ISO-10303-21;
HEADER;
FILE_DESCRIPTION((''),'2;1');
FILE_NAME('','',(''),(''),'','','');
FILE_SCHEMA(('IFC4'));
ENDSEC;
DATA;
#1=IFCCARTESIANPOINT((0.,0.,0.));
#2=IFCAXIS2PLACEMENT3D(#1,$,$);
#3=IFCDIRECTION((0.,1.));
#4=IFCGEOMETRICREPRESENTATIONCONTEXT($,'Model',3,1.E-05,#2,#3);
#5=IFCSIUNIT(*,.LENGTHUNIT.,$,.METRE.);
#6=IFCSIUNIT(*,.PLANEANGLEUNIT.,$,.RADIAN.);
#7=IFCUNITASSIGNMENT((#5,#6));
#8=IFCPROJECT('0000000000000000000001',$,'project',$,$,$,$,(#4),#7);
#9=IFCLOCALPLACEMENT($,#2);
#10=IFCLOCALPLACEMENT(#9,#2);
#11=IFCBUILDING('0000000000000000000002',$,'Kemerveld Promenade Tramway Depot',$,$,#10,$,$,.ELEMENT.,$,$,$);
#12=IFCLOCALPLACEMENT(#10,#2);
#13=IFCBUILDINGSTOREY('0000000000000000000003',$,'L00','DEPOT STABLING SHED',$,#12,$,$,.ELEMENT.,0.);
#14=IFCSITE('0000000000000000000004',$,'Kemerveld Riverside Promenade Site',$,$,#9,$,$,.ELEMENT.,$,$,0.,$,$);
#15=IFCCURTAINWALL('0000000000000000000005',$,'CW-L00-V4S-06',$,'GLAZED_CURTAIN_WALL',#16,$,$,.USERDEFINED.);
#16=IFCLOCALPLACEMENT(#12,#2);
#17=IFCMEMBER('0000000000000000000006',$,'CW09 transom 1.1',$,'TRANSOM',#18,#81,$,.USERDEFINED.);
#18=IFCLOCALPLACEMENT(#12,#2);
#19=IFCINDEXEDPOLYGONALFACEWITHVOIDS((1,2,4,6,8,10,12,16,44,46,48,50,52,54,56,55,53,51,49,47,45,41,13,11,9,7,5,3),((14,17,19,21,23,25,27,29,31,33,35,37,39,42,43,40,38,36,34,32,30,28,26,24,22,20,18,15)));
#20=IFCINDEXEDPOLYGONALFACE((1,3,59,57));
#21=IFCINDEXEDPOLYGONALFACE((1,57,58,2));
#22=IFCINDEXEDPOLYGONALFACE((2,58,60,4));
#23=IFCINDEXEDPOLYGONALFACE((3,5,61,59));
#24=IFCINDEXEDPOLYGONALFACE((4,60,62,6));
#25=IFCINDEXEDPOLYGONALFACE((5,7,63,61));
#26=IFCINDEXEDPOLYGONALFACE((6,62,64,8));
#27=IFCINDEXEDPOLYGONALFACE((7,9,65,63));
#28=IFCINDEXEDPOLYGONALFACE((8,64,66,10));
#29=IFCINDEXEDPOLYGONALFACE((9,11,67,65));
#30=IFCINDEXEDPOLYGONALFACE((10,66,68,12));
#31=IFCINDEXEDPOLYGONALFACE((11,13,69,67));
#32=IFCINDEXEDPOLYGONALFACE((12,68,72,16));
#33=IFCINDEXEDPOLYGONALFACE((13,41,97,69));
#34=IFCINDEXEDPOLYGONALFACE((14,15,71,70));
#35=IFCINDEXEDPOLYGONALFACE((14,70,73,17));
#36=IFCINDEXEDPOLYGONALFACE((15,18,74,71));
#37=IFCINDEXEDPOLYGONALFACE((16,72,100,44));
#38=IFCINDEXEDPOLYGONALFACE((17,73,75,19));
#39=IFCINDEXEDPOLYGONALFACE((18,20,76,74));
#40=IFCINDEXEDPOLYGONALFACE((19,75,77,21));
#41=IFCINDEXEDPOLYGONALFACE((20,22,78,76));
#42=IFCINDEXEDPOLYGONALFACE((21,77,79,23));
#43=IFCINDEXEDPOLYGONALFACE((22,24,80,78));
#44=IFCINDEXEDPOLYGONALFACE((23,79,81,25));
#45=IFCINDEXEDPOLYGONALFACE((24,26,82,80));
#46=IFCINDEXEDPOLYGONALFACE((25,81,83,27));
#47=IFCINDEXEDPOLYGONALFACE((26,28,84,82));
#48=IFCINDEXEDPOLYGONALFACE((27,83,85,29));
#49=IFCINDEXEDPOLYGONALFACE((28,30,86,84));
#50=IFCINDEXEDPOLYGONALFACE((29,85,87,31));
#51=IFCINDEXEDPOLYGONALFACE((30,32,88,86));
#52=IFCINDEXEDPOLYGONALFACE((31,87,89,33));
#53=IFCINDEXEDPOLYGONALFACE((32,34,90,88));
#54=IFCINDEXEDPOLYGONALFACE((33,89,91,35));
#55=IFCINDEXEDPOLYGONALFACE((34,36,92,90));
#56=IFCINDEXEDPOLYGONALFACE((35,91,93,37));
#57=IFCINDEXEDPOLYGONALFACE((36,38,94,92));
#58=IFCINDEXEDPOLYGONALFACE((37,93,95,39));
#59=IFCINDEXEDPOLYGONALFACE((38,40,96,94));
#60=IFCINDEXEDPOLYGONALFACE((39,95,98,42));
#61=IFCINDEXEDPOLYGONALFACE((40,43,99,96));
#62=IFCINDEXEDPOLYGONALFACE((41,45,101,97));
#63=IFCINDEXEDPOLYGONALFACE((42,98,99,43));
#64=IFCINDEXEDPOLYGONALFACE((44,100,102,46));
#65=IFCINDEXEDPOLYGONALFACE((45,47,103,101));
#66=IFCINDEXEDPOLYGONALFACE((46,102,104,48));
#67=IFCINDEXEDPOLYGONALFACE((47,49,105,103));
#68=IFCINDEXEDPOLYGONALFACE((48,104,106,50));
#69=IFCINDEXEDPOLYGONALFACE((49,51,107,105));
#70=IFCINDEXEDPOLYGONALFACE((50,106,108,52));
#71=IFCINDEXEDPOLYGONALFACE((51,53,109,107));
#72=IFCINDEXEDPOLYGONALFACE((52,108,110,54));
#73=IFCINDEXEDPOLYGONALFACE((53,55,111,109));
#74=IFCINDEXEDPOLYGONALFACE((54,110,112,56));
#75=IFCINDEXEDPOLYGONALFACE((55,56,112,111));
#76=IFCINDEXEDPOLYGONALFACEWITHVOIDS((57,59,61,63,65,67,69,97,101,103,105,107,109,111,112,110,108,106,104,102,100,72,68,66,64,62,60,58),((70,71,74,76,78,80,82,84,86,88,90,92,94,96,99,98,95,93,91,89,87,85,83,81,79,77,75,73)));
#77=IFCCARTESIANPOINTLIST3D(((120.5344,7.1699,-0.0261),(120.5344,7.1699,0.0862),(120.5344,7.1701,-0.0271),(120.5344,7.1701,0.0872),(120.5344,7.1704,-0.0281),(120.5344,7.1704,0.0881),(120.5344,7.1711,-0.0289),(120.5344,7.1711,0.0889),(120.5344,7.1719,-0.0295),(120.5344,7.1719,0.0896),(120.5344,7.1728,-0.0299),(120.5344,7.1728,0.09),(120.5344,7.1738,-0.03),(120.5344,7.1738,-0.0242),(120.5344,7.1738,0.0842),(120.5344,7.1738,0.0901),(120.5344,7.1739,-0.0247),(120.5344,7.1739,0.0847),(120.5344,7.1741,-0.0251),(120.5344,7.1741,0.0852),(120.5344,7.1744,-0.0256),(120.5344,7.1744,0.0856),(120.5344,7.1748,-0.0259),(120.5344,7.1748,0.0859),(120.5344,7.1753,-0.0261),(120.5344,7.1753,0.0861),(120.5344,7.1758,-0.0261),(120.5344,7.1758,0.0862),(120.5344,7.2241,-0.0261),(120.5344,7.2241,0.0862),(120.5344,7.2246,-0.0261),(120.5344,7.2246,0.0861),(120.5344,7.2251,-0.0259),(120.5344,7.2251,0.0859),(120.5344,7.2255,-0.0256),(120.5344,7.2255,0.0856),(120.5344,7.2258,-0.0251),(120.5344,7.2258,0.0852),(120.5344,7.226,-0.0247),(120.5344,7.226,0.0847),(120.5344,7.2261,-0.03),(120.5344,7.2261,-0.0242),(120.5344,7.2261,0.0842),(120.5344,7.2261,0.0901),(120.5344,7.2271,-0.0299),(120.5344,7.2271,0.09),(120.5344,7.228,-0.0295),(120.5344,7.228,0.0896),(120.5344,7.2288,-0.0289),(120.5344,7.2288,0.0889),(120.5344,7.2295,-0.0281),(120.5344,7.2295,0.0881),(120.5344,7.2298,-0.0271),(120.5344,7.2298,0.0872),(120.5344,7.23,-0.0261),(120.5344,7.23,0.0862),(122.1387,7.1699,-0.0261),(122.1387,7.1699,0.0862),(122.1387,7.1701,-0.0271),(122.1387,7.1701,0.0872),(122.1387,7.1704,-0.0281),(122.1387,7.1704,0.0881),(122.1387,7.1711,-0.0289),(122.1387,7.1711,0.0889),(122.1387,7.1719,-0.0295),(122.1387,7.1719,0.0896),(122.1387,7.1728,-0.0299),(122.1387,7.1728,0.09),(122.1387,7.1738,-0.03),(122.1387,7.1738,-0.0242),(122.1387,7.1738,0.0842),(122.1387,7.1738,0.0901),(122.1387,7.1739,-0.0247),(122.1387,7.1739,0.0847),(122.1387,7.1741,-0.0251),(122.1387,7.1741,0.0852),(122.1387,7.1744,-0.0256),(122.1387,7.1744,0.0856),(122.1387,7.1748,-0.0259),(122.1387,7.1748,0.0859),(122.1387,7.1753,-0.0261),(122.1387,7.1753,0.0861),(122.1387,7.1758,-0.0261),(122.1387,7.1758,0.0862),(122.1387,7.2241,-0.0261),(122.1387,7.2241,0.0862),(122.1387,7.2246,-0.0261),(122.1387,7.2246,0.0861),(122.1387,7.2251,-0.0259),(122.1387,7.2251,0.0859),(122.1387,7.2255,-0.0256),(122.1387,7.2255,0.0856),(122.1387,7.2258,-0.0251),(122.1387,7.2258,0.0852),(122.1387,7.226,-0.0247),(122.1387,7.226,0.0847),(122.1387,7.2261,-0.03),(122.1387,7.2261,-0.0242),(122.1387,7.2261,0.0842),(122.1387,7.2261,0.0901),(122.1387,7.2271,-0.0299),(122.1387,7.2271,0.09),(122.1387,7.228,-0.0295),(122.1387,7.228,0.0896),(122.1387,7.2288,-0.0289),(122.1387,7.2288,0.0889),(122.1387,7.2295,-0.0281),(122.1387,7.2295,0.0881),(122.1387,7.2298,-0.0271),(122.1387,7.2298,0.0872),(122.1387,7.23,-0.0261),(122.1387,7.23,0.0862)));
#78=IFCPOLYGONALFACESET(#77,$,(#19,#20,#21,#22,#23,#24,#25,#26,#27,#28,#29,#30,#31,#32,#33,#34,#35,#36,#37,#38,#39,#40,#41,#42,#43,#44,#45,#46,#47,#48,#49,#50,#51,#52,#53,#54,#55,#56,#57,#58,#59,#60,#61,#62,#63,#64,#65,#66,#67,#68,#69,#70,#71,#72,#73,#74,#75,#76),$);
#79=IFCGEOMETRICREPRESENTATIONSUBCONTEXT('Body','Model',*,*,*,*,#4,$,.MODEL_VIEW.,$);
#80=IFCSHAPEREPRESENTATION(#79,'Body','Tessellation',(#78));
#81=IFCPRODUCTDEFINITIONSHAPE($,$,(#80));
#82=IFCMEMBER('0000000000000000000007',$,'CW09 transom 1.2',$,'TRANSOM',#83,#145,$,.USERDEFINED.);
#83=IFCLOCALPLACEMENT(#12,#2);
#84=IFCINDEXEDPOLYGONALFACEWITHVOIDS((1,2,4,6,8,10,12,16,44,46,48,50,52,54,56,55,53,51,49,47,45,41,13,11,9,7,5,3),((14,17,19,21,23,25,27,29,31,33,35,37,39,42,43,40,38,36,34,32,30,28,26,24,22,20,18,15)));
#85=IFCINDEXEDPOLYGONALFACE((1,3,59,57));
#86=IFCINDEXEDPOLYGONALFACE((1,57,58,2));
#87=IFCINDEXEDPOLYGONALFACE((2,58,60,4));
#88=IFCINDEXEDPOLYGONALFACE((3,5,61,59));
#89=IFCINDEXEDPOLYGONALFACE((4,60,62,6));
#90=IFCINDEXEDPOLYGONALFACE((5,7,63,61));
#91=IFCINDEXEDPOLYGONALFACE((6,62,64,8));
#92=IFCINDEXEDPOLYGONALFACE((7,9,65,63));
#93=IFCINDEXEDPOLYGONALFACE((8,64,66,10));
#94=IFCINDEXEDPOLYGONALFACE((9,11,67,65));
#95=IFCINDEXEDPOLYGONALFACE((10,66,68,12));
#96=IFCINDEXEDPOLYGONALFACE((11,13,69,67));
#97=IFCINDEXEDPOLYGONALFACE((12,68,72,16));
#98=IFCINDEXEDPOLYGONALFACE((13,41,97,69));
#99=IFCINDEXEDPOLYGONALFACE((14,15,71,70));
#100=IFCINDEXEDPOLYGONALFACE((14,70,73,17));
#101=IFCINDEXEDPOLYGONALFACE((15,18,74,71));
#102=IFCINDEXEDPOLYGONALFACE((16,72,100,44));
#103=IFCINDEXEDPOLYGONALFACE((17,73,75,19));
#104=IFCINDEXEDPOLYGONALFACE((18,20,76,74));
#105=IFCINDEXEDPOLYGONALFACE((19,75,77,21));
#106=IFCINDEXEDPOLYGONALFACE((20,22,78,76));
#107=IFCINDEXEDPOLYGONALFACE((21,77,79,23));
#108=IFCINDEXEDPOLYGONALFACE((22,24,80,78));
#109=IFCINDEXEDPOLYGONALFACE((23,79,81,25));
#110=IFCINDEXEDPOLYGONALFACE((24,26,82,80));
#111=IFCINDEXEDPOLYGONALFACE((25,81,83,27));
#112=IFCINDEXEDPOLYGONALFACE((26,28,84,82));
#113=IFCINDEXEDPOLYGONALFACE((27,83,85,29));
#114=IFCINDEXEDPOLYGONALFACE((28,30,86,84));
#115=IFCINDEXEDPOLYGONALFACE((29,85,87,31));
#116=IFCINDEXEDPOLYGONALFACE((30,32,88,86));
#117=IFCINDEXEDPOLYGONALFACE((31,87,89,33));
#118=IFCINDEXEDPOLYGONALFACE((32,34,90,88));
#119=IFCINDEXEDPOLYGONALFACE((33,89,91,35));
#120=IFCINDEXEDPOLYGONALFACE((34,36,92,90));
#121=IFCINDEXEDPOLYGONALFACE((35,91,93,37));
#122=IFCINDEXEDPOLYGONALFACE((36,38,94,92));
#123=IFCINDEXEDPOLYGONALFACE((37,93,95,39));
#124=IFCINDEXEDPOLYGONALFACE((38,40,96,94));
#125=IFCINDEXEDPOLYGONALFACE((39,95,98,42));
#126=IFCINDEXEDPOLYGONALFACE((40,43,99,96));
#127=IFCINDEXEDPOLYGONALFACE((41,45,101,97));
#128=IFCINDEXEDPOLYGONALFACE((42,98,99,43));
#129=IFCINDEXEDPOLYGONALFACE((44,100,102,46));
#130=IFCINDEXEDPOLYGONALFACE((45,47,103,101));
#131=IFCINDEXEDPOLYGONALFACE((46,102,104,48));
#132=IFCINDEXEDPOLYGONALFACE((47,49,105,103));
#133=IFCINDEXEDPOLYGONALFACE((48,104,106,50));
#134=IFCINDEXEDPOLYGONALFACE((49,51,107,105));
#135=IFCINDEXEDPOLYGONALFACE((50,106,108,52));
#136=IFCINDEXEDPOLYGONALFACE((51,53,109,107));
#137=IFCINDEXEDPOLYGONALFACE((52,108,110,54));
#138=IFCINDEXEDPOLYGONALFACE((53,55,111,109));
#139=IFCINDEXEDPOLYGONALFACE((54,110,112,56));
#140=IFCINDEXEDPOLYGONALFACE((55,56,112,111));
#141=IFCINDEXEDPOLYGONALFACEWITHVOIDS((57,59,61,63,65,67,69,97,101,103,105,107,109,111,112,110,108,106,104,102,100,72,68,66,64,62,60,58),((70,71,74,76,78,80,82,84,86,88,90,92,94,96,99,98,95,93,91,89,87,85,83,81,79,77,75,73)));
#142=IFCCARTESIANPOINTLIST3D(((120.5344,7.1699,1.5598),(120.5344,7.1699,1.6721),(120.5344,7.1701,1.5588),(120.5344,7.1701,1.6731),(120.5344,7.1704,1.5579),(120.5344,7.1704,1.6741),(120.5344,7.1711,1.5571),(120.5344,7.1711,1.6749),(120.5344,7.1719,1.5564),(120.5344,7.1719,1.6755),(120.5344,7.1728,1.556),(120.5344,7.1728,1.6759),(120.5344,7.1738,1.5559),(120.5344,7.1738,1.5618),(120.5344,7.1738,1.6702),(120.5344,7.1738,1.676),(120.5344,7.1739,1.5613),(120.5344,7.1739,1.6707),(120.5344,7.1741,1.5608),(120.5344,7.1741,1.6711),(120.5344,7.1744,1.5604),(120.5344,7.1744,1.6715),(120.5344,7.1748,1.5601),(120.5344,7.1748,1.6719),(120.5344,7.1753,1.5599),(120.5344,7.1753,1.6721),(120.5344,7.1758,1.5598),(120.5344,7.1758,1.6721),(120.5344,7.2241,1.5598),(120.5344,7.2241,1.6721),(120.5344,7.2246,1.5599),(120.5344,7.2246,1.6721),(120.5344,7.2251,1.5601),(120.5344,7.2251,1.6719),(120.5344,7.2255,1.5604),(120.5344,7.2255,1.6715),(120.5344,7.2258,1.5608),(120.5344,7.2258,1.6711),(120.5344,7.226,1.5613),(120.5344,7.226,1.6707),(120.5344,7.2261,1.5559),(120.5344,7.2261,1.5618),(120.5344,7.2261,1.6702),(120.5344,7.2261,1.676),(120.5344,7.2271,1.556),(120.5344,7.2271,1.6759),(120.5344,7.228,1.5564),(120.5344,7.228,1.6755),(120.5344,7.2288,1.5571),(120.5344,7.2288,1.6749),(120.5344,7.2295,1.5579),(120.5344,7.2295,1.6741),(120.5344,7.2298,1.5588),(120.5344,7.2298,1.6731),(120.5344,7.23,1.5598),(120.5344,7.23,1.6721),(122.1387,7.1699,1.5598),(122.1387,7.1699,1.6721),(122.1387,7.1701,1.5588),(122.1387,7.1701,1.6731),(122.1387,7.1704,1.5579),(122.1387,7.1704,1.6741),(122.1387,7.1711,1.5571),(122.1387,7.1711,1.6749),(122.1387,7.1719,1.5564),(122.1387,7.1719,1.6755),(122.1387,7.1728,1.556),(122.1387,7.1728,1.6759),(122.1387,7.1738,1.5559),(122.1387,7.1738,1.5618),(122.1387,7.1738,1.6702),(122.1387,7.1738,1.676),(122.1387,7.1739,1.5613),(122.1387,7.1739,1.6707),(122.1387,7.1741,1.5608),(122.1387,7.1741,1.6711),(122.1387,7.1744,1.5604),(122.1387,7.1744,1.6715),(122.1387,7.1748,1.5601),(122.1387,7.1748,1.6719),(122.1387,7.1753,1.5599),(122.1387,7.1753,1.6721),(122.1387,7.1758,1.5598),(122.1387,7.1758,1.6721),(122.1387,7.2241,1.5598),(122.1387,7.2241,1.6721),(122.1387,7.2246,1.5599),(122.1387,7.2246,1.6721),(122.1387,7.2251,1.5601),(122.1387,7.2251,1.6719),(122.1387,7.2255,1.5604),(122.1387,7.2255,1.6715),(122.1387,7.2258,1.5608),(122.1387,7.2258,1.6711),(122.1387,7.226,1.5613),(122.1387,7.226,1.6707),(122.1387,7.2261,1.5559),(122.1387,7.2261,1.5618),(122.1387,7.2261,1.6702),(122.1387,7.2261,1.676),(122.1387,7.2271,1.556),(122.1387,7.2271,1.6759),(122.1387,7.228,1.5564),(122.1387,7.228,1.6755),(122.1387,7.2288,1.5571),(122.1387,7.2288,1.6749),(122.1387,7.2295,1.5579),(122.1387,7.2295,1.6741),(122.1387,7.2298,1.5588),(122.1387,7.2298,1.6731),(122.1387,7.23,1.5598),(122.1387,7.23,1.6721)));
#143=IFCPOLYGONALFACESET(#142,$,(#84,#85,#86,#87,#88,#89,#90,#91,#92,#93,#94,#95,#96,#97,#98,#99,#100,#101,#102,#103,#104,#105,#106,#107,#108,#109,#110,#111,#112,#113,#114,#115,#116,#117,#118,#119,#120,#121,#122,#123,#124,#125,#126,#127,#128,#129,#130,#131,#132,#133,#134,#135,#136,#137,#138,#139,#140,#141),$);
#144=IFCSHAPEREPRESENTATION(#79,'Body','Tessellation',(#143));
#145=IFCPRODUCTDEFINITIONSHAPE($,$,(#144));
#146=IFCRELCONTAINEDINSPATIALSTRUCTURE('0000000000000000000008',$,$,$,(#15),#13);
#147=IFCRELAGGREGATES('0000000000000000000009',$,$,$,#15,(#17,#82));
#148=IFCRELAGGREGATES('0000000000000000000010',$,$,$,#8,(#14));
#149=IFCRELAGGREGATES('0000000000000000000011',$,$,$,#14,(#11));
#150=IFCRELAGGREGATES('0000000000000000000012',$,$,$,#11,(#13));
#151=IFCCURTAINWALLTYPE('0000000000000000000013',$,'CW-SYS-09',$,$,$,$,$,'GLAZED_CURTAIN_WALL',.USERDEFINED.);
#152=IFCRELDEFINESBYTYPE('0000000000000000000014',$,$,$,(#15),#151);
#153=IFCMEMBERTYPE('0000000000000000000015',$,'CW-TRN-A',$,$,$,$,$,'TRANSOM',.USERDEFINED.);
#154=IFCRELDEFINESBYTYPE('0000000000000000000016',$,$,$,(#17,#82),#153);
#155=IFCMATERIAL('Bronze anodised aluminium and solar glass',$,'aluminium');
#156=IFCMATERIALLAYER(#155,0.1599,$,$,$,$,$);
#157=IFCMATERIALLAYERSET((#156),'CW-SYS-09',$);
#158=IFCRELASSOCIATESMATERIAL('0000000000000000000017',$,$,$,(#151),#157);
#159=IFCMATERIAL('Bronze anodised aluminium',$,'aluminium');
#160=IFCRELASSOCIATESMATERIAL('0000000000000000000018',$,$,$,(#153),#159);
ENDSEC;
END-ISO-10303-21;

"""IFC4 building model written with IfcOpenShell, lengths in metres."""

from ifc_helpers import new_model, si_unit, direction, frame, origin, origin_2d, place, context, subcontext, project, spatial, hollow_rectangle, extrude, material, layer, layer_set, material_profile, profile_set, type_object, element, aggregate, save


model = new_model("IFC4")

# Units and contexts
model_context = context("Model", 3, precision=1e-05, world=origin(), true_north=direction((0.0, 1.0)))
body_context = subcontext(model_context, "Body", "Model", "MODEL_VIEW")
ifc_project = project(units=[si_unit("LENGTHUNIT", "METRE"), si_unit("PLANEANGLEUNIT", "RADIAN")], contexts=[model_context])

# Site, building, storey
site_placement = place(None, origin())
site = spatial("IfcSite", under=ifc_project, at=site_placement, Name="Kemerveld Riverside Promenade Site", CompositionType="ELEMENT", RefElevation=0.0)
building_placement = place(site_placement, origin())
building = spatial("IfcBuilding", under=site, at=building_placement, Name="Kemerveld Promenade Tramway Depot", CompositionType="ELEMENT")
storey_placement = place(building_placement, origin())
storey = spatial("IfcBuildingStorey", under=building, at=storey_placement, Name="L00", Description="DEPOT STABLING SHED", CompositionType="ELEMENT", Elevation=0.0)

# Curtain wall, members
ifc_material_1 = material(Name="Bronze anodised aluminium and solar glass", Category="aluminium")
ifc_layer_1 = layer(ifc_material_1, 0.1599)
ifc_layer_set_1 = layer_set([ifc_layer_1], Name="CW-SYS-09")
curtain_wall_type = type_object("IfcCurtainWallType", Name="CW-SYS-09", ElementType="GLAZED_CURTAIN_WALL", PredefinedType="USERDEFINED", material=ifc_layer_set_1)
curtain_wall_placement = place(storey_placement, origin())
curtain_wall = element("IfcCurtainWall", 1, at=curtain_wall_placement, inside=storey, type_object=curtain_wall_type, Name="CW-L00-V4S-06", ObjectType="GLAZED_CURTAIN_WALL", PredefinedType="USERDEFINED")
ifc_material_2 = material(Name="Bronze anodised aluminium", Category="aluminium")
ifc_material_profile_1 = material_profile(ifc_material_2, hollow_rectangle(XDim=0.0601, YDim=0.1201, WallThickness=0.0039, InnerFilletRadius=0.002, OuterFilletRadius=0.0039, at=origin_2d()), Name="CW-TRN-120x60")
ifc_profile_set_1 = profile_set([ifc_material_profile_1], Name="Bronze anodised aluminium")
member_type_1 = type_object("IfcMemberType", Name="CW-TRN-A", ElementType="TRANSOM", PredefinedType="USERDEFINED", material=ifc_profile_set_1)
member_1_placement = place(storey_placement, frame((122.1387, 7.2, 0.03), z_axis=(-1.0, 0.0, 0.0), x_axis=(0.0, -1.0, 0.0)))
member_1 = element("IfcMember", 2, at=member_1_placement, type_object=member_type_1, Name="CW09 transom 1.1", ObjectType="TRANSOM", PredefinedType="USERDEFINED", context=body_context, shape_type="SweptSolid", body=[
    extrude(hollow_rectangle(XDim=0.0601, YDim=0.1201, WallThickness=0.0039, InnerFilletRadius=0.002, OuterFilletRadius=0.0039, at=origin_2d()), origin(), (0.0, 0.0, 1.0), 1.6042),
])
member_2_placement = place(storey_placement, frame((122.1387, 7.2, 1.616), z_axis=(-1.0, 0.0, 0.0), x_axis=(0.0, -1.0, 0.0)))
member_2 = element("IfcMember", 3, at=member_2_placement, type_object=member_type_1, Name="CW09 transom 1.2", ObjectType="TRANSOM", PredefinedType="USERDEFINED", context=body_context, shape_type="SweptSolid", body=[
    extrude(hollow_rectangle(XDim=0.0601, YDim=0.1201, WallThickness=0.0039, InnerFilletRadius=0.002, OuterFilletRadius=0.0039, at=origin_2d()), origin(), (0.0, 0.0, 1.0), 1.6042),
])
aggregate(curtain_wall, [member_1, member_2])

save(model, "model.ifc")
